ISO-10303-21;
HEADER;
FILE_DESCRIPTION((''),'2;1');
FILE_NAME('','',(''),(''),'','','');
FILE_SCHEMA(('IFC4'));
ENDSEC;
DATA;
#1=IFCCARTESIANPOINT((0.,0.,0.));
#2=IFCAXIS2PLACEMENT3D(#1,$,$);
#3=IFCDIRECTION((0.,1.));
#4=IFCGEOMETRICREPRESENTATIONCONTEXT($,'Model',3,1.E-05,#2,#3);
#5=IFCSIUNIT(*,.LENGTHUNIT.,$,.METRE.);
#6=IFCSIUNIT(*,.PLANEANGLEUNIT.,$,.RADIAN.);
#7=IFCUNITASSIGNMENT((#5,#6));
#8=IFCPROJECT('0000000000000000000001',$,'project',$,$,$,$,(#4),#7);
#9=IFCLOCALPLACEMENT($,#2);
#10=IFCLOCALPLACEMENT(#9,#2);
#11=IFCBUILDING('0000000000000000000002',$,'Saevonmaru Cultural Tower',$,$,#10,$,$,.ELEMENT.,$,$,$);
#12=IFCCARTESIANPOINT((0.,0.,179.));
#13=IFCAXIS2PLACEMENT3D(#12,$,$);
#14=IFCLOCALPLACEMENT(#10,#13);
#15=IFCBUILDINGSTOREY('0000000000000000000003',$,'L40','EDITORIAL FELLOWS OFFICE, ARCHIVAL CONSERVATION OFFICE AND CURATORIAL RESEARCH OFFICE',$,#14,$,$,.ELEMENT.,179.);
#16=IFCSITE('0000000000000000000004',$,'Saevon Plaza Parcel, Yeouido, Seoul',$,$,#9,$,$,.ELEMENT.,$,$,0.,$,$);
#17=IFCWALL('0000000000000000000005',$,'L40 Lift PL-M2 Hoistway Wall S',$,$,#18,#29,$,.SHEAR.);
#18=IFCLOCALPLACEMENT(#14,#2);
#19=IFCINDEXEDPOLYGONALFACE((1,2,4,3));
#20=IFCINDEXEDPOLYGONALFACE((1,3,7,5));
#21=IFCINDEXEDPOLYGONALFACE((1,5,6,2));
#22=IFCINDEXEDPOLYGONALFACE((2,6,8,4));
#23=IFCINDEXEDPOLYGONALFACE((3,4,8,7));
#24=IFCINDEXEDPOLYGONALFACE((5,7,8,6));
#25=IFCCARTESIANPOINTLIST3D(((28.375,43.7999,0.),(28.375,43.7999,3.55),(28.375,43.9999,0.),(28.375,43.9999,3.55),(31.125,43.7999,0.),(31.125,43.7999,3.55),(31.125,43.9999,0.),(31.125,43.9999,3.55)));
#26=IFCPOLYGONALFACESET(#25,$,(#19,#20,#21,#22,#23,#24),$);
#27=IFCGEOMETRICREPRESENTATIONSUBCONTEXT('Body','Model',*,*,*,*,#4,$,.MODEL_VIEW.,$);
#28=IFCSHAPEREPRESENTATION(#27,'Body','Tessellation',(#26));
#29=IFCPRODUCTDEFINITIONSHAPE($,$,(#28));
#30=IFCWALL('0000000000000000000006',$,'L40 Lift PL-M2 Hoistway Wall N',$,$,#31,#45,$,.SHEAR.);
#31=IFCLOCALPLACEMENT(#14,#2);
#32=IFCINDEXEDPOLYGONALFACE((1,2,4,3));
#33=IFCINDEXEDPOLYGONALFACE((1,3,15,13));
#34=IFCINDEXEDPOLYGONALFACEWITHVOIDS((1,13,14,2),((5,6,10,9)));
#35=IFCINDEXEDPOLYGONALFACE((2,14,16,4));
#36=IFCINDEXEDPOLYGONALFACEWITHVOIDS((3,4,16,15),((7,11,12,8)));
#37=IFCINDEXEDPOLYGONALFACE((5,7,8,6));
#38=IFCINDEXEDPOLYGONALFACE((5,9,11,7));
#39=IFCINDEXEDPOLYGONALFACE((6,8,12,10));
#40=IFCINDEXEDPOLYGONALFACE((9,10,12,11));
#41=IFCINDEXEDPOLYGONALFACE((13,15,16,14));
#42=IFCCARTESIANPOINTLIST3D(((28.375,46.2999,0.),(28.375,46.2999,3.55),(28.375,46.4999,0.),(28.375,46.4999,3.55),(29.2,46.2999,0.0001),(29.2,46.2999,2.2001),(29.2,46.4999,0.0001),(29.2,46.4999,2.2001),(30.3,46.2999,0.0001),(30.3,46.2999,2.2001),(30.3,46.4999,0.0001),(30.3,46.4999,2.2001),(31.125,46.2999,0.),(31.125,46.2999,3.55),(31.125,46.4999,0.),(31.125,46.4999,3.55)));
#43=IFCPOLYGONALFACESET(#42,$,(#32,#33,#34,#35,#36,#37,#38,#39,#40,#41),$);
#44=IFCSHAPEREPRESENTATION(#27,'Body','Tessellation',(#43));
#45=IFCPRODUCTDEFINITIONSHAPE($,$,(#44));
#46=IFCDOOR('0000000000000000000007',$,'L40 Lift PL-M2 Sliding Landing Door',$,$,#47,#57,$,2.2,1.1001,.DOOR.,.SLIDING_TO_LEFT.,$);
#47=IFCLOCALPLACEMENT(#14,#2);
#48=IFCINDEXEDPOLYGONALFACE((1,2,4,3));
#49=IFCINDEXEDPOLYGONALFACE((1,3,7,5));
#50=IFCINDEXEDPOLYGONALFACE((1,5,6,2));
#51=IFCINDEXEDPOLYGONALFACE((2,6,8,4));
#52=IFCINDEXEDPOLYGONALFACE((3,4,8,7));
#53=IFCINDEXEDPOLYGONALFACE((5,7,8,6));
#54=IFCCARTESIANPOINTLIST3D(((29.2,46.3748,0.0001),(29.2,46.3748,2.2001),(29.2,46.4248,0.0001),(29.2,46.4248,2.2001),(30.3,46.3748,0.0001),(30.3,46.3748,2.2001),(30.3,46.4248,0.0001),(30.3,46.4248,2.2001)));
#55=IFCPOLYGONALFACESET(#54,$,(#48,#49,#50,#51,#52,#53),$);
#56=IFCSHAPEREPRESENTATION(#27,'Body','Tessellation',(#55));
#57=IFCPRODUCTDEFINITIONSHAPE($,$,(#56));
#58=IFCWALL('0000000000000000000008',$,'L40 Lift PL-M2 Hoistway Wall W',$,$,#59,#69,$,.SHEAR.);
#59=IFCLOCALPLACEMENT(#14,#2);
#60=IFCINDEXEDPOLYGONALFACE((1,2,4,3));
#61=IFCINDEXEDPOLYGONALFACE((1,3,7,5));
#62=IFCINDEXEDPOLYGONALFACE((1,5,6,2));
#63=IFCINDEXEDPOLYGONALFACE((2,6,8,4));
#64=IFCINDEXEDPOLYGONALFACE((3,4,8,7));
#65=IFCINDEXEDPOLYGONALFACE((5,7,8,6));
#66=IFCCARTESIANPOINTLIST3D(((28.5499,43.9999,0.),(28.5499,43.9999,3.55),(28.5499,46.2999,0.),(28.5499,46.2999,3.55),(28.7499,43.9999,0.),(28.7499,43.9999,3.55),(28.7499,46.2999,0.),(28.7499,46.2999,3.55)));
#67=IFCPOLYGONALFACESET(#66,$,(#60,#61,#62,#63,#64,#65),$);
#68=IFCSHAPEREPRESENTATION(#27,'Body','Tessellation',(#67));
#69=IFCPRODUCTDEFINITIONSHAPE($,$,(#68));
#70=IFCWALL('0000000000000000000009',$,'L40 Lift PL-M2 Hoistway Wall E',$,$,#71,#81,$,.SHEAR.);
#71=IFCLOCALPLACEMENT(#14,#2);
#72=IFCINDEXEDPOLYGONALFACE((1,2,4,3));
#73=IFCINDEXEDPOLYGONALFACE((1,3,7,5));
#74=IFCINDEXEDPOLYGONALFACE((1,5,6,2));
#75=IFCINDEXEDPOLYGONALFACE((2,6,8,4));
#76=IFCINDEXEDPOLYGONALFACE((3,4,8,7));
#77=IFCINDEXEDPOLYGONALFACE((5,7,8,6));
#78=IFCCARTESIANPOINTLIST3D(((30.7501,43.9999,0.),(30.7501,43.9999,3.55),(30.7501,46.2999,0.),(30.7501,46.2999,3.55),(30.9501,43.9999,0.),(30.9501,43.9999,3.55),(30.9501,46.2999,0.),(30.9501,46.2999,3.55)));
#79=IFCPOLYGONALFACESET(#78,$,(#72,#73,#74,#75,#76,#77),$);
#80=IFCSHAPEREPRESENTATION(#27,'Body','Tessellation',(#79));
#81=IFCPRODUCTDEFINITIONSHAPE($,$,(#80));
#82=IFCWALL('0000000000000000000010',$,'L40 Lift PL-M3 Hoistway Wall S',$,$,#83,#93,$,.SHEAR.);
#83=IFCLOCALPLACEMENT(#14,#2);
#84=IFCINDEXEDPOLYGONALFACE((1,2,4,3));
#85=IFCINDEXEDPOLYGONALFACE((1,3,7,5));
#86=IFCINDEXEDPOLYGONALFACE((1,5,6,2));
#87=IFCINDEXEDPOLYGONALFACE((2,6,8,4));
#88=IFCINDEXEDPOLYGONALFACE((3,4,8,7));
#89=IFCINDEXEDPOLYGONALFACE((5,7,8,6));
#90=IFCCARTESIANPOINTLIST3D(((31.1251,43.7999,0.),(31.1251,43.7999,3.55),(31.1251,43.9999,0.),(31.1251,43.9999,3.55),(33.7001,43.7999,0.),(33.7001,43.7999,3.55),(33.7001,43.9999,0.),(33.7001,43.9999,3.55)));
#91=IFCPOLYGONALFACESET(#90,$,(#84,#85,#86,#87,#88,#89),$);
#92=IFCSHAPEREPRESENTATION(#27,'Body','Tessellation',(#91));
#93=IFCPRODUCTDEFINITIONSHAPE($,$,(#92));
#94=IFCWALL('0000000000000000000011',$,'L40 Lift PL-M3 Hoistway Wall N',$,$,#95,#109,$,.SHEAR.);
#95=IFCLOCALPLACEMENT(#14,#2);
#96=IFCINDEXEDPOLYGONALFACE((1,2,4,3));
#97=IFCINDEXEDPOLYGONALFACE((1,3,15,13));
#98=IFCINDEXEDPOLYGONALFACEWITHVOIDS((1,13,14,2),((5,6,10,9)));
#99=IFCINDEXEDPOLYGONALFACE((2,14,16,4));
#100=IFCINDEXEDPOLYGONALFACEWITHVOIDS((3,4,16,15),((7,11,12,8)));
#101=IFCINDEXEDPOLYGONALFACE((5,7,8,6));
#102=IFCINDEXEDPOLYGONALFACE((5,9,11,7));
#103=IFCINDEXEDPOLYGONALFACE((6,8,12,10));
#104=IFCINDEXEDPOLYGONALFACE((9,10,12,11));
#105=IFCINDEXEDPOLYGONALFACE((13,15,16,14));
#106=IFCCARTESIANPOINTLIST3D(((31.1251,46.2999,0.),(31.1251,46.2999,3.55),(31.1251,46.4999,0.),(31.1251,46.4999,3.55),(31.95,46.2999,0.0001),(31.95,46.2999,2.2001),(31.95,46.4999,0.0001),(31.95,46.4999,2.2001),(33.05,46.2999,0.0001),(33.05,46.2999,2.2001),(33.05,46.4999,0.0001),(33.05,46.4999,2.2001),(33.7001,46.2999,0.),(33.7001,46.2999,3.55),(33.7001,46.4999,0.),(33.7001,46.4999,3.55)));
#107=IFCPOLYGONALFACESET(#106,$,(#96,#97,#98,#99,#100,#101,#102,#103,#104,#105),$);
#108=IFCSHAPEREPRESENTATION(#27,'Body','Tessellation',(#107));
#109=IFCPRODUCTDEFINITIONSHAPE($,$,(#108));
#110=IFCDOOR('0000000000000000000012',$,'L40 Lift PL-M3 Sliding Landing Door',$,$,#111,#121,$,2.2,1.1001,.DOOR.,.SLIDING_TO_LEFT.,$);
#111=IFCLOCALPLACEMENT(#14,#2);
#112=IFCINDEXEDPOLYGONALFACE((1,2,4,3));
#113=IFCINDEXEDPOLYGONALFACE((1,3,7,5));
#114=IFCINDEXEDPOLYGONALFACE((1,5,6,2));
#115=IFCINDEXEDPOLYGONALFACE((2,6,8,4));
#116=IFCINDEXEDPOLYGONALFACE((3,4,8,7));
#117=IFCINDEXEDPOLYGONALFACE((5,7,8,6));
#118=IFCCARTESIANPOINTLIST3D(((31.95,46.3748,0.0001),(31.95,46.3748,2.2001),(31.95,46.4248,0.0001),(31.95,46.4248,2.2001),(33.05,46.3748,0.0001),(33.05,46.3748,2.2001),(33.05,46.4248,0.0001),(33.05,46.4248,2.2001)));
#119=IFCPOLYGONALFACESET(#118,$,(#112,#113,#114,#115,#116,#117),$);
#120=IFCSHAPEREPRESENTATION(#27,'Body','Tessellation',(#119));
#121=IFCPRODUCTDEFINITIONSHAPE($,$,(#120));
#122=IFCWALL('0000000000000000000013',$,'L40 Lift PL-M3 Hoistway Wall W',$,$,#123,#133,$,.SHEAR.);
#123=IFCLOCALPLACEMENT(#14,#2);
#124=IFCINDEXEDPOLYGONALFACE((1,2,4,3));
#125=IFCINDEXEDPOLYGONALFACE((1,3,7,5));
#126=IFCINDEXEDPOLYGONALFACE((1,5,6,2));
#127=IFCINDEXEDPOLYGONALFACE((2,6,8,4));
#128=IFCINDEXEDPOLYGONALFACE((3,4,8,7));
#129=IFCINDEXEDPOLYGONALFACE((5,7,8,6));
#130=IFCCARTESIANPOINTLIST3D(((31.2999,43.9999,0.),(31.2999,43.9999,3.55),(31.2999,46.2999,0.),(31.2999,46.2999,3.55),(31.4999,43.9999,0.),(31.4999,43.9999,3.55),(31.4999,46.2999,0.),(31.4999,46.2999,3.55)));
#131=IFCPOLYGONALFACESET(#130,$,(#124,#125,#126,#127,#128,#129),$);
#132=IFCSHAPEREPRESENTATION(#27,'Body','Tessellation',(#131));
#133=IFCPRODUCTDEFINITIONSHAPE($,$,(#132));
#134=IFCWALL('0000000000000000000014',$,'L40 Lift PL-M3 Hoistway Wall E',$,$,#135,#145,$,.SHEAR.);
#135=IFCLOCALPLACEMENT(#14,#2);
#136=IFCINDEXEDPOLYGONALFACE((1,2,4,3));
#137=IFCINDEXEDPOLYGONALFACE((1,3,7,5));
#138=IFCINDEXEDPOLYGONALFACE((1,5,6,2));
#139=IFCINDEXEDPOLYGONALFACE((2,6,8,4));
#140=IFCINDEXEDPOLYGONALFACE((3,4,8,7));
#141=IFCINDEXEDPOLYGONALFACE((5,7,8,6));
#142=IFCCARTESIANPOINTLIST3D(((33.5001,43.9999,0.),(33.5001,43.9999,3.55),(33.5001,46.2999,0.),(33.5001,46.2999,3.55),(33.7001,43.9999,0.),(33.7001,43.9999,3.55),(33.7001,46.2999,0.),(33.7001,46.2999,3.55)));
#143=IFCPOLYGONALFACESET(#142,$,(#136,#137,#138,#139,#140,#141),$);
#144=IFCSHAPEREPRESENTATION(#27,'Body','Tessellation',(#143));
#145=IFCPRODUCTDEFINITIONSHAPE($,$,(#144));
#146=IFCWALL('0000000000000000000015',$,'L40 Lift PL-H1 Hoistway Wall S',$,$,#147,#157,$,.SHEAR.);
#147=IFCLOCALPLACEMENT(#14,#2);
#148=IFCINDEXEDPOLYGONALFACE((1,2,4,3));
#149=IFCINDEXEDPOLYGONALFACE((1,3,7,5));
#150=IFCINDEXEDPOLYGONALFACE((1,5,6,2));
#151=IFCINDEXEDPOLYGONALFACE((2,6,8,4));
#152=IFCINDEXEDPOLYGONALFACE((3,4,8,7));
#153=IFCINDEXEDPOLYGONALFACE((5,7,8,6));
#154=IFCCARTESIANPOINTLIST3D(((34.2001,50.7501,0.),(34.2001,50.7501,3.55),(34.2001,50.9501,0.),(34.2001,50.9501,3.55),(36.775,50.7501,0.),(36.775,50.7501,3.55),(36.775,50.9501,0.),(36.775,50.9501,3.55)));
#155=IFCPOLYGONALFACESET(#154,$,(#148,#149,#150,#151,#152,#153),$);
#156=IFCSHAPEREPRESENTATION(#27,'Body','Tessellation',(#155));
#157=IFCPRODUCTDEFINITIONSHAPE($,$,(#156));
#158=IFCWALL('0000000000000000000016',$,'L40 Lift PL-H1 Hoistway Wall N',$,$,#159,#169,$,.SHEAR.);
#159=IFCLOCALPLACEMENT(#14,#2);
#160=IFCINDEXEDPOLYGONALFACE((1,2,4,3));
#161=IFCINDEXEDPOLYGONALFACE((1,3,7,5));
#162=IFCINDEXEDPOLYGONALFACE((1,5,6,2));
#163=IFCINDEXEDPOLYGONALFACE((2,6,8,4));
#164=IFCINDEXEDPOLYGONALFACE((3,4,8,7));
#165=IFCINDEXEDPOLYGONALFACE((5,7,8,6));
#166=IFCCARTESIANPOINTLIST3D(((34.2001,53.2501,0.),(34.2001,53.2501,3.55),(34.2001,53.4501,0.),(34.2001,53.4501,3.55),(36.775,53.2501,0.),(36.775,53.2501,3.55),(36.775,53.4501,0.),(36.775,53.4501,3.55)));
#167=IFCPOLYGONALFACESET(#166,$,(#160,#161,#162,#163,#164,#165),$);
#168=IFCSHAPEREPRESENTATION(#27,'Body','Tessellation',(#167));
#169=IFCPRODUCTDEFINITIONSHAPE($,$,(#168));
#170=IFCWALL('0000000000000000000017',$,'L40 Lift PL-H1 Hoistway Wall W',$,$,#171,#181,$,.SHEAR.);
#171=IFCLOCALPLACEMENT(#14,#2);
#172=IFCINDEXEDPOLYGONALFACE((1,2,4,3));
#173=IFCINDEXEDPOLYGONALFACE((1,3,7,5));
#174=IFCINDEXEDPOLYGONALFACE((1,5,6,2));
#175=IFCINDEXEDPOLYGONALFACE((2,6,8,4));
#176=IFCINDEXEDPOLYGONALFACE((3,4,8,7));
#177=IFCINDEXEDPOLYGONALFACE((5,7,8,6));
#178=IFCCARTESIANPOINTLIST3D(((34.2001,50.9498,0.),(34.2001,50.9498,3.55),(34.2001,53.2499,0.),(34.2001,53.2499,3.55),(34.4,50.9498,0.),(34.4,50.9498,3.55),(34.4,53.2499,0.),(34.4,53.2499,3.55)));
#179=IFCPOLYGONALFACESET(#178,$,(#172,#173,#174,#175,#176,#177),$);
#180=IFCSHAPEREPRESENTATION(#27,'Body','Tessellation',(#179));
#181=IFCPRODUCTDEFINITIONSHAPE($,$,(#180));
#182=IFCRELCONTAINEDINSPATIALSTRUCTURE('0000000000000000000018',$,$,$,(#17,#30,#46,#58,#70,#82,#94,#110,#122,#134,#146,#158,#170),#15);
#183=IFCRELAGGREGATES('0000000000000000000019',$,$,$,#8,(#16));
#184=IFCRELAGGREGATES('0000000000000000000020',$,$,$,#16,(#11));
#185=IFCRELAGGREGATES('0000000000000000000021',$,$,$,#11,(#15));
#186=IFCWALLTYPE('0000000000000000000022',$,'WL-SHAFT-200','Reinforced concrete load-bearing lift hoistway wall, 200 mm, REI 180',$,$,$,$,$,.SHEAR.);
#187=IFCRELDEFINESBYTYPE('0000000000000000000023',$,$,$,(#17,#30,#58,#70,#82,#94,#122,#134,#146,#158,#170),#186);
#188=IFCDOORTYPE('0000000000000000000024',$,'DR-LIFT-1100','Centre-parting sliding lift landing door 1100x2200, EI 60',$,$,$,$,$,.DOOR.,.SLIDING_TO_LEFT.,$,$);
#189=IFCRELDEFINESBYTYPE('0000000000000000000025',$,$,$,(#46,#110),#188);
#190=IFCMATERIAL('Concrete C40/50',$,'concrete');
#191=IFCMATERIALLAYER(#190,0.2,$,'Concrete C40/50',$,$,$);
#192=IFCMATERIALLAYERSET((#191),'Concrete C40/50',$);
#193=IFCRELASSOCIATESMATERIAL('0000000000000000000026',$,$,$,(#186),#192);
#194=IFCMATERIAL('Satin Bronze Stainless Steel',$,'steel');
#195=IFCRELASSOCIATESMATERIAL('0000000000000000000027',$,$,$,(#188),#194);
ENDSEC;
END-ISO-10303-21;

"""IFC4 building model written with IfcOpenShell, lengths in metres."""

from ifc_helpers import new_model, si_unit, direction, frame, frame_2d, origin, place, context, subcontext, project, spatial, rectangle, extrude, material, layer, layer_set, type_object, element, fill, save


model = new_model("IFC4")

# Units and contexts
model_context = context("Model", 3, precision=1e-05, world=origin(), true_north=direction((0.0, 1.0)))
body_context = subcontext(model_context, "Body", "Model", "MODEL_VIEW")
ifc_project = project(units=[si_unit("LENGTHUNIT", "METRE"), si_unit("PLANEANGLEUNIT", "RADIAN")], contexts=[model_context])

# Site, building, storey
site_placement = place(None, origin())
site = spatial("IfcSite", under=ifc_project, at=site_placement, Name="Saevon Plaza Parcel, Yeouido, Seoul", CompositionType="ELEMENT", RefElevation=0.0)
building_placement = place(site_placement, origin())
building = spatial("IfcBuilding", under=site, at=building_placement, Name="Saevonmaru Cultural Tower", CompositionType="ELEMENT")
storey_placement = place(building_placement, frame((0.0, 0.0, 179.0)))
storey = spatial("IfcBuildingStorey", under=building, at=storey_placement, Name="L40", Description="EDITORIAL FELLOWS OFFICE, ARCHIVAL CONSERVATION OFFICE AND CURATORIAL RESEARCH OFFICE", CompositionType="ELEMENT", Elevation=179.0)

# Shared definitions
ifc_material_1 = material(Name="Concrete C40/50", Category="concrete")
ifc_layer_1 = layer(ifc_material_1, 0.2, Name="Concrete C40/50")
ifc_layer_set_1 = layer_set([ifc_layer_1], Name="Concrete C40/50")
wall_type_1 = type_object("IfcWallType", Name="WL-SHAFT-200", Description="Reinforced concrete load-bearing lift hoistway wall, 200 mm, REI 180", PredefinedType="SHEAR", material=ifc_layer_set_1)
ifc_material_2 = material(Name="Satin Bronze Stainless Steel", Category="steel")
door_type_1 = type_object("IfcDoorType", Name="DR-LIFT-1100", Description="Centre-parting sliding lift landing door 1100x2200, EI 60", OperationType="SLIDING_TO_LEFT", PredefinedType="DOOR", material=ifc_material_2)

# Wall
wall_1_placement = place(storey_placement, frame((28.375, 43.8999, 0.0), z_axis=(0.0, 0.0, 1.0), x_axis=(1.0, 0.0, 0.0)))
element("IfcWall", 1, at=wall_1_placement, inside=storey, type_object=wall_type_1, Name="L40 Lift PL-M2 Hoistway Wall S", PredefinedType="SHEAR", context=body_context, shape_type="SweptSolid", body=[
    extrude(rectangle(XDim=2.75, YDim=0.2, at=frame_2d((1.375, 0.0))), origin(), (0.0, 0.0, 1.0), 3.55),
])

# Wall, opening, door
wall_2_placement = place(storey_placement, frame((28.375, 46.3999, 0.0), z_axis=(0.0, 0.0, 1.0), x_axis=(1.0, 0.0, 0.0)))
wall_2 = element("IfcWall", 2, at=wall_2_placement, inside=storey, type_object=wall_type_1, Name="L40 Lift PL-M2 Hoistway Wall N", PredefinedType="SHEAR", context=body_context, shape_type="SweptSolid", body=[
    extrude(rectangle(XDim=2.75, YDim=0.2, at=frame_2d((1.375, 0.0))), origin(), (0.0, 0.0, 1.0), 3.55),
])
opening_1_placement = place(wall_2_placement, frame((0.825, 0.0, 0.0)))
opening_1 = element("IfcOpeningElement", 3, at=opening_1_placement, cuts=wall_2, PredefinedType="OPENING", context=body_context, shape_type="SweptSolid", body=[
    extrude(rectangle(XDim=1.1001, YDim=2.2, at=frame_2d((0.55, 1.1001))), frame((0.0, 0.1099, 0.0), z_axis=(0.0, -1.0, 0.0), x_axis=(1.0, 0.0, 0.0)), (0.0, 0.0, 1.0), 0.22),
])
door_1_placement = place(opening_1_placement, origin())
door_1 = element("IfcDoor", 4, at=door_1_placement, inside=storey, type_object=door_type_1, Name="L40 Lift PL-M2 Sliding Landing Door", OperationType="SLIDING_TO_LEFT", OverallHeight=2.2, OverallWidth=1.1001, PredefinedType="DOOR", context=body_context, shape_type="SweptSolid", body=[
    extrude(rectangle(XDim=1.1001, YDim=2.2, at=frame_2d((0.55, 1.1001))), frame((0.0, 0.0249, 0.0), z_axis=(0.0, -1.0, 0.0), x_axis=(1.0, 0.0, 0.0)), (0.0, 0.0, 1.0), 0.05),
])
fill(opening_1, door_1)

# Walls
for number, where, z_axis, x_axis, name in (
    (5, (28.6499, 44.0, 0.0), (0.0, 0.0, 1.0), (0.0, 1.0, 0.0), "L40 Lift PL-M2 Hoistway Wall W"),
    (6, (30.8501, 44.0, 0.0), (0.0, 0.0, 1.0), (0.0, 1.0, 0.0), "L40 Lift PL-M2 Hoistway Wall E"),
):
    element("IfcWall", number, at=place(storey_placement, frame(where, z_axis=z_axis, x_axis=x_axis)), inside=storey, type_object=wall_type_1, Name=name, PredefinedType="SHEAR", context=body_context, shape_type="SweptSolid", body=[
        extrude(rectangle(XDim=2.3, YDim=0.2, at=frame_2d((1.1499, 0.0))), origin(), (0.0, 0.0, 1.0), 3.55),
    ])
wall_3_placement = place(storey_placement, frame((31.125, 43.8999, 0.0), z_axis=(0.0, 0.0, 1.0), x_axis=(1.0, 0.0, 0.0)))
element("IfcWall", 7, at=wall_3_placement, inside=storey, type_object=wall_type_1, Name="L40 Lift PL-M3 Hoistway Wall S", PredefinedType="SHEAR", context=body_context, shape_type="SweptSolid", body=[
    extrude(rectangle(XDim=2.575, YDim=0.2, at=frame_2d((1.2876, 0.0))), origin(), (0.0, 0.0, 1.0), 3.55),
])

# Wall, opening, door
wall_4_placement = place(storey_placement, frame((31.125, 46.3999, 0.0), z_axis=(0.0, 0.0, 1.0), x_axis=(1.0, 0.0, 0.0)))
wall_4 = element("IfcWall", 8, at=wall_4_placement, inside=storey, type_object=wall_type_1, Name="L40 Lift PL-M3 Hoistway Wall N", PredefinedType="SHEAR", context=body_context, shape_type="SweptSolid", body=[
    extrude(rectangle(XDim=2.575, YDim=0.2, at=frame_2d((1.2876, 0.0))), origin(), (0.0, 0.0, 1.0), 3.55),
])
opening_2_placement = place(wall_4_placement, frame((0.825, 0.0, 0.0)))
opening_2 = element("IfcOpeningElement", 9, at=opening_2_placement, cuts=wall_4, PredefinedType="OPENING", context=body_context, shape_type="SweptSolid", body=[
    extrude(rectangle(XDim=1.1001, YDim=2.2, at=frame_2d((0.55, 1.1001))), frame((0.0, 0.1099, 0.0), z_axis=(0.0, -1.0, 0.0), x_axis=(1.0, 0.0, 0.0)), (0.0, 0.0, 1.0), 0.22),
])
door_2_placement = place(opening_2_placement, origin())
door_2 = element("IfcDoor", 10, at=door_2_placement, inside=storey, type_object=door_type_1, Name="L40 Lift PL-M3 Sliding Landing Door", OperationType="SLIDING_TO_LEFT", OverallHeight=2.2, OverallWidth=1.1001, PredefinedType="DOOR", context=body_context, shape_type="SweptSolid", body=[
    extrude(rectangle(XDim=1.1001, YDim=2.2, at=frame_2d((0.55, 1.1001))), frame((0.0, 0.0249, 0.0), z_axis=(0.0, -1.0, 0.0), x_axis=(1.0, 0.0, 0.0)), (0.0, 0.0, 1.0), 0.05),
])
fill(opening_2, door_2)

# Walls
for number, where, z_axis, x_axis, name in (
    (11, (31.3999, 44.0, 0.0), (0.0, 0.0, 1.0), (0.0, 1.0, 0.0), "L40 Lift PL-M3 Hoistway Wall W"),
    (12, (33.6001, 44.0, 0.0), (0.0, 0.0, 1.0), (0.0, 1.0, 0.0), "L40 Lift PL-M3 Hoistway Wall E"),
):
    element("IfcWall", number, at=place(storey_placement, frame(where, z_axis=z_axis, x_axis=x_axis)), inside=storey, type_object=wall_type_1, Name=name, PredefinedType="SHEAR", context=body_context, shape_type="SweptSolid", body=[
        extrude(rectangle(XDim=2.3, YDim=0.2, at=frame_2d((1.1499, 0.0))), origin(), (0.0, 0.0, 1.0), 3.55),
    ])
for number, where, z_axis, x_axis, name in (
    (13, (34.2, 50.8501, 0.0), (0.0, 0.0, 1.0), (1.0, 0.0, 0.0), "L40 Lift PL-H1 Hoistway Wall S"),
    (14, (34.2, 53.3501, 0.0), (0.0, 0.0, 1.0), (1.0, 0.0, 0.0), "L40 Lift PL-H1 Hoistway Wall N"),
):
    element("IfcWall", number, at=place(storey_placement, frame(where, z_axis=z_axis, x_axis=x_axis)), inside=storey, type_object=wall_type_1, Name=name, PredefinedType="SHEAR", context=body_context, shape_type="SweptSolid", body=[
        extrude(rectangle(XDim=2.575, YDim=0.2, at=frame_2d((1.2876, 0.0))), origin(), (0.0, 0.0, 1.0), 3.55),
    ])
wall_5_placement = place(storey_placement, frame((34.3, 50.95, 0.0), z_axis=(0.0, 0.0, 1.0), x_axis=(0.0, 1.0, 0.0)))
element("IfcWall", 15, at=wall_5_placement, inside=storey, type_object=wall_type_1, Name="L40 Lift PL-H1 Hoistway Wall W", PredefinedType="SHEAR", context=body_context, shape_type="SweptSolid", body=[
    extrude(rectangle(XDim=2.3, YDim=0.2, at=frame_2d((1.1499, 0.0))), origin(), (0.0, 0.0, 1.0), 3.55),
])

save(model, "model.ifc")
